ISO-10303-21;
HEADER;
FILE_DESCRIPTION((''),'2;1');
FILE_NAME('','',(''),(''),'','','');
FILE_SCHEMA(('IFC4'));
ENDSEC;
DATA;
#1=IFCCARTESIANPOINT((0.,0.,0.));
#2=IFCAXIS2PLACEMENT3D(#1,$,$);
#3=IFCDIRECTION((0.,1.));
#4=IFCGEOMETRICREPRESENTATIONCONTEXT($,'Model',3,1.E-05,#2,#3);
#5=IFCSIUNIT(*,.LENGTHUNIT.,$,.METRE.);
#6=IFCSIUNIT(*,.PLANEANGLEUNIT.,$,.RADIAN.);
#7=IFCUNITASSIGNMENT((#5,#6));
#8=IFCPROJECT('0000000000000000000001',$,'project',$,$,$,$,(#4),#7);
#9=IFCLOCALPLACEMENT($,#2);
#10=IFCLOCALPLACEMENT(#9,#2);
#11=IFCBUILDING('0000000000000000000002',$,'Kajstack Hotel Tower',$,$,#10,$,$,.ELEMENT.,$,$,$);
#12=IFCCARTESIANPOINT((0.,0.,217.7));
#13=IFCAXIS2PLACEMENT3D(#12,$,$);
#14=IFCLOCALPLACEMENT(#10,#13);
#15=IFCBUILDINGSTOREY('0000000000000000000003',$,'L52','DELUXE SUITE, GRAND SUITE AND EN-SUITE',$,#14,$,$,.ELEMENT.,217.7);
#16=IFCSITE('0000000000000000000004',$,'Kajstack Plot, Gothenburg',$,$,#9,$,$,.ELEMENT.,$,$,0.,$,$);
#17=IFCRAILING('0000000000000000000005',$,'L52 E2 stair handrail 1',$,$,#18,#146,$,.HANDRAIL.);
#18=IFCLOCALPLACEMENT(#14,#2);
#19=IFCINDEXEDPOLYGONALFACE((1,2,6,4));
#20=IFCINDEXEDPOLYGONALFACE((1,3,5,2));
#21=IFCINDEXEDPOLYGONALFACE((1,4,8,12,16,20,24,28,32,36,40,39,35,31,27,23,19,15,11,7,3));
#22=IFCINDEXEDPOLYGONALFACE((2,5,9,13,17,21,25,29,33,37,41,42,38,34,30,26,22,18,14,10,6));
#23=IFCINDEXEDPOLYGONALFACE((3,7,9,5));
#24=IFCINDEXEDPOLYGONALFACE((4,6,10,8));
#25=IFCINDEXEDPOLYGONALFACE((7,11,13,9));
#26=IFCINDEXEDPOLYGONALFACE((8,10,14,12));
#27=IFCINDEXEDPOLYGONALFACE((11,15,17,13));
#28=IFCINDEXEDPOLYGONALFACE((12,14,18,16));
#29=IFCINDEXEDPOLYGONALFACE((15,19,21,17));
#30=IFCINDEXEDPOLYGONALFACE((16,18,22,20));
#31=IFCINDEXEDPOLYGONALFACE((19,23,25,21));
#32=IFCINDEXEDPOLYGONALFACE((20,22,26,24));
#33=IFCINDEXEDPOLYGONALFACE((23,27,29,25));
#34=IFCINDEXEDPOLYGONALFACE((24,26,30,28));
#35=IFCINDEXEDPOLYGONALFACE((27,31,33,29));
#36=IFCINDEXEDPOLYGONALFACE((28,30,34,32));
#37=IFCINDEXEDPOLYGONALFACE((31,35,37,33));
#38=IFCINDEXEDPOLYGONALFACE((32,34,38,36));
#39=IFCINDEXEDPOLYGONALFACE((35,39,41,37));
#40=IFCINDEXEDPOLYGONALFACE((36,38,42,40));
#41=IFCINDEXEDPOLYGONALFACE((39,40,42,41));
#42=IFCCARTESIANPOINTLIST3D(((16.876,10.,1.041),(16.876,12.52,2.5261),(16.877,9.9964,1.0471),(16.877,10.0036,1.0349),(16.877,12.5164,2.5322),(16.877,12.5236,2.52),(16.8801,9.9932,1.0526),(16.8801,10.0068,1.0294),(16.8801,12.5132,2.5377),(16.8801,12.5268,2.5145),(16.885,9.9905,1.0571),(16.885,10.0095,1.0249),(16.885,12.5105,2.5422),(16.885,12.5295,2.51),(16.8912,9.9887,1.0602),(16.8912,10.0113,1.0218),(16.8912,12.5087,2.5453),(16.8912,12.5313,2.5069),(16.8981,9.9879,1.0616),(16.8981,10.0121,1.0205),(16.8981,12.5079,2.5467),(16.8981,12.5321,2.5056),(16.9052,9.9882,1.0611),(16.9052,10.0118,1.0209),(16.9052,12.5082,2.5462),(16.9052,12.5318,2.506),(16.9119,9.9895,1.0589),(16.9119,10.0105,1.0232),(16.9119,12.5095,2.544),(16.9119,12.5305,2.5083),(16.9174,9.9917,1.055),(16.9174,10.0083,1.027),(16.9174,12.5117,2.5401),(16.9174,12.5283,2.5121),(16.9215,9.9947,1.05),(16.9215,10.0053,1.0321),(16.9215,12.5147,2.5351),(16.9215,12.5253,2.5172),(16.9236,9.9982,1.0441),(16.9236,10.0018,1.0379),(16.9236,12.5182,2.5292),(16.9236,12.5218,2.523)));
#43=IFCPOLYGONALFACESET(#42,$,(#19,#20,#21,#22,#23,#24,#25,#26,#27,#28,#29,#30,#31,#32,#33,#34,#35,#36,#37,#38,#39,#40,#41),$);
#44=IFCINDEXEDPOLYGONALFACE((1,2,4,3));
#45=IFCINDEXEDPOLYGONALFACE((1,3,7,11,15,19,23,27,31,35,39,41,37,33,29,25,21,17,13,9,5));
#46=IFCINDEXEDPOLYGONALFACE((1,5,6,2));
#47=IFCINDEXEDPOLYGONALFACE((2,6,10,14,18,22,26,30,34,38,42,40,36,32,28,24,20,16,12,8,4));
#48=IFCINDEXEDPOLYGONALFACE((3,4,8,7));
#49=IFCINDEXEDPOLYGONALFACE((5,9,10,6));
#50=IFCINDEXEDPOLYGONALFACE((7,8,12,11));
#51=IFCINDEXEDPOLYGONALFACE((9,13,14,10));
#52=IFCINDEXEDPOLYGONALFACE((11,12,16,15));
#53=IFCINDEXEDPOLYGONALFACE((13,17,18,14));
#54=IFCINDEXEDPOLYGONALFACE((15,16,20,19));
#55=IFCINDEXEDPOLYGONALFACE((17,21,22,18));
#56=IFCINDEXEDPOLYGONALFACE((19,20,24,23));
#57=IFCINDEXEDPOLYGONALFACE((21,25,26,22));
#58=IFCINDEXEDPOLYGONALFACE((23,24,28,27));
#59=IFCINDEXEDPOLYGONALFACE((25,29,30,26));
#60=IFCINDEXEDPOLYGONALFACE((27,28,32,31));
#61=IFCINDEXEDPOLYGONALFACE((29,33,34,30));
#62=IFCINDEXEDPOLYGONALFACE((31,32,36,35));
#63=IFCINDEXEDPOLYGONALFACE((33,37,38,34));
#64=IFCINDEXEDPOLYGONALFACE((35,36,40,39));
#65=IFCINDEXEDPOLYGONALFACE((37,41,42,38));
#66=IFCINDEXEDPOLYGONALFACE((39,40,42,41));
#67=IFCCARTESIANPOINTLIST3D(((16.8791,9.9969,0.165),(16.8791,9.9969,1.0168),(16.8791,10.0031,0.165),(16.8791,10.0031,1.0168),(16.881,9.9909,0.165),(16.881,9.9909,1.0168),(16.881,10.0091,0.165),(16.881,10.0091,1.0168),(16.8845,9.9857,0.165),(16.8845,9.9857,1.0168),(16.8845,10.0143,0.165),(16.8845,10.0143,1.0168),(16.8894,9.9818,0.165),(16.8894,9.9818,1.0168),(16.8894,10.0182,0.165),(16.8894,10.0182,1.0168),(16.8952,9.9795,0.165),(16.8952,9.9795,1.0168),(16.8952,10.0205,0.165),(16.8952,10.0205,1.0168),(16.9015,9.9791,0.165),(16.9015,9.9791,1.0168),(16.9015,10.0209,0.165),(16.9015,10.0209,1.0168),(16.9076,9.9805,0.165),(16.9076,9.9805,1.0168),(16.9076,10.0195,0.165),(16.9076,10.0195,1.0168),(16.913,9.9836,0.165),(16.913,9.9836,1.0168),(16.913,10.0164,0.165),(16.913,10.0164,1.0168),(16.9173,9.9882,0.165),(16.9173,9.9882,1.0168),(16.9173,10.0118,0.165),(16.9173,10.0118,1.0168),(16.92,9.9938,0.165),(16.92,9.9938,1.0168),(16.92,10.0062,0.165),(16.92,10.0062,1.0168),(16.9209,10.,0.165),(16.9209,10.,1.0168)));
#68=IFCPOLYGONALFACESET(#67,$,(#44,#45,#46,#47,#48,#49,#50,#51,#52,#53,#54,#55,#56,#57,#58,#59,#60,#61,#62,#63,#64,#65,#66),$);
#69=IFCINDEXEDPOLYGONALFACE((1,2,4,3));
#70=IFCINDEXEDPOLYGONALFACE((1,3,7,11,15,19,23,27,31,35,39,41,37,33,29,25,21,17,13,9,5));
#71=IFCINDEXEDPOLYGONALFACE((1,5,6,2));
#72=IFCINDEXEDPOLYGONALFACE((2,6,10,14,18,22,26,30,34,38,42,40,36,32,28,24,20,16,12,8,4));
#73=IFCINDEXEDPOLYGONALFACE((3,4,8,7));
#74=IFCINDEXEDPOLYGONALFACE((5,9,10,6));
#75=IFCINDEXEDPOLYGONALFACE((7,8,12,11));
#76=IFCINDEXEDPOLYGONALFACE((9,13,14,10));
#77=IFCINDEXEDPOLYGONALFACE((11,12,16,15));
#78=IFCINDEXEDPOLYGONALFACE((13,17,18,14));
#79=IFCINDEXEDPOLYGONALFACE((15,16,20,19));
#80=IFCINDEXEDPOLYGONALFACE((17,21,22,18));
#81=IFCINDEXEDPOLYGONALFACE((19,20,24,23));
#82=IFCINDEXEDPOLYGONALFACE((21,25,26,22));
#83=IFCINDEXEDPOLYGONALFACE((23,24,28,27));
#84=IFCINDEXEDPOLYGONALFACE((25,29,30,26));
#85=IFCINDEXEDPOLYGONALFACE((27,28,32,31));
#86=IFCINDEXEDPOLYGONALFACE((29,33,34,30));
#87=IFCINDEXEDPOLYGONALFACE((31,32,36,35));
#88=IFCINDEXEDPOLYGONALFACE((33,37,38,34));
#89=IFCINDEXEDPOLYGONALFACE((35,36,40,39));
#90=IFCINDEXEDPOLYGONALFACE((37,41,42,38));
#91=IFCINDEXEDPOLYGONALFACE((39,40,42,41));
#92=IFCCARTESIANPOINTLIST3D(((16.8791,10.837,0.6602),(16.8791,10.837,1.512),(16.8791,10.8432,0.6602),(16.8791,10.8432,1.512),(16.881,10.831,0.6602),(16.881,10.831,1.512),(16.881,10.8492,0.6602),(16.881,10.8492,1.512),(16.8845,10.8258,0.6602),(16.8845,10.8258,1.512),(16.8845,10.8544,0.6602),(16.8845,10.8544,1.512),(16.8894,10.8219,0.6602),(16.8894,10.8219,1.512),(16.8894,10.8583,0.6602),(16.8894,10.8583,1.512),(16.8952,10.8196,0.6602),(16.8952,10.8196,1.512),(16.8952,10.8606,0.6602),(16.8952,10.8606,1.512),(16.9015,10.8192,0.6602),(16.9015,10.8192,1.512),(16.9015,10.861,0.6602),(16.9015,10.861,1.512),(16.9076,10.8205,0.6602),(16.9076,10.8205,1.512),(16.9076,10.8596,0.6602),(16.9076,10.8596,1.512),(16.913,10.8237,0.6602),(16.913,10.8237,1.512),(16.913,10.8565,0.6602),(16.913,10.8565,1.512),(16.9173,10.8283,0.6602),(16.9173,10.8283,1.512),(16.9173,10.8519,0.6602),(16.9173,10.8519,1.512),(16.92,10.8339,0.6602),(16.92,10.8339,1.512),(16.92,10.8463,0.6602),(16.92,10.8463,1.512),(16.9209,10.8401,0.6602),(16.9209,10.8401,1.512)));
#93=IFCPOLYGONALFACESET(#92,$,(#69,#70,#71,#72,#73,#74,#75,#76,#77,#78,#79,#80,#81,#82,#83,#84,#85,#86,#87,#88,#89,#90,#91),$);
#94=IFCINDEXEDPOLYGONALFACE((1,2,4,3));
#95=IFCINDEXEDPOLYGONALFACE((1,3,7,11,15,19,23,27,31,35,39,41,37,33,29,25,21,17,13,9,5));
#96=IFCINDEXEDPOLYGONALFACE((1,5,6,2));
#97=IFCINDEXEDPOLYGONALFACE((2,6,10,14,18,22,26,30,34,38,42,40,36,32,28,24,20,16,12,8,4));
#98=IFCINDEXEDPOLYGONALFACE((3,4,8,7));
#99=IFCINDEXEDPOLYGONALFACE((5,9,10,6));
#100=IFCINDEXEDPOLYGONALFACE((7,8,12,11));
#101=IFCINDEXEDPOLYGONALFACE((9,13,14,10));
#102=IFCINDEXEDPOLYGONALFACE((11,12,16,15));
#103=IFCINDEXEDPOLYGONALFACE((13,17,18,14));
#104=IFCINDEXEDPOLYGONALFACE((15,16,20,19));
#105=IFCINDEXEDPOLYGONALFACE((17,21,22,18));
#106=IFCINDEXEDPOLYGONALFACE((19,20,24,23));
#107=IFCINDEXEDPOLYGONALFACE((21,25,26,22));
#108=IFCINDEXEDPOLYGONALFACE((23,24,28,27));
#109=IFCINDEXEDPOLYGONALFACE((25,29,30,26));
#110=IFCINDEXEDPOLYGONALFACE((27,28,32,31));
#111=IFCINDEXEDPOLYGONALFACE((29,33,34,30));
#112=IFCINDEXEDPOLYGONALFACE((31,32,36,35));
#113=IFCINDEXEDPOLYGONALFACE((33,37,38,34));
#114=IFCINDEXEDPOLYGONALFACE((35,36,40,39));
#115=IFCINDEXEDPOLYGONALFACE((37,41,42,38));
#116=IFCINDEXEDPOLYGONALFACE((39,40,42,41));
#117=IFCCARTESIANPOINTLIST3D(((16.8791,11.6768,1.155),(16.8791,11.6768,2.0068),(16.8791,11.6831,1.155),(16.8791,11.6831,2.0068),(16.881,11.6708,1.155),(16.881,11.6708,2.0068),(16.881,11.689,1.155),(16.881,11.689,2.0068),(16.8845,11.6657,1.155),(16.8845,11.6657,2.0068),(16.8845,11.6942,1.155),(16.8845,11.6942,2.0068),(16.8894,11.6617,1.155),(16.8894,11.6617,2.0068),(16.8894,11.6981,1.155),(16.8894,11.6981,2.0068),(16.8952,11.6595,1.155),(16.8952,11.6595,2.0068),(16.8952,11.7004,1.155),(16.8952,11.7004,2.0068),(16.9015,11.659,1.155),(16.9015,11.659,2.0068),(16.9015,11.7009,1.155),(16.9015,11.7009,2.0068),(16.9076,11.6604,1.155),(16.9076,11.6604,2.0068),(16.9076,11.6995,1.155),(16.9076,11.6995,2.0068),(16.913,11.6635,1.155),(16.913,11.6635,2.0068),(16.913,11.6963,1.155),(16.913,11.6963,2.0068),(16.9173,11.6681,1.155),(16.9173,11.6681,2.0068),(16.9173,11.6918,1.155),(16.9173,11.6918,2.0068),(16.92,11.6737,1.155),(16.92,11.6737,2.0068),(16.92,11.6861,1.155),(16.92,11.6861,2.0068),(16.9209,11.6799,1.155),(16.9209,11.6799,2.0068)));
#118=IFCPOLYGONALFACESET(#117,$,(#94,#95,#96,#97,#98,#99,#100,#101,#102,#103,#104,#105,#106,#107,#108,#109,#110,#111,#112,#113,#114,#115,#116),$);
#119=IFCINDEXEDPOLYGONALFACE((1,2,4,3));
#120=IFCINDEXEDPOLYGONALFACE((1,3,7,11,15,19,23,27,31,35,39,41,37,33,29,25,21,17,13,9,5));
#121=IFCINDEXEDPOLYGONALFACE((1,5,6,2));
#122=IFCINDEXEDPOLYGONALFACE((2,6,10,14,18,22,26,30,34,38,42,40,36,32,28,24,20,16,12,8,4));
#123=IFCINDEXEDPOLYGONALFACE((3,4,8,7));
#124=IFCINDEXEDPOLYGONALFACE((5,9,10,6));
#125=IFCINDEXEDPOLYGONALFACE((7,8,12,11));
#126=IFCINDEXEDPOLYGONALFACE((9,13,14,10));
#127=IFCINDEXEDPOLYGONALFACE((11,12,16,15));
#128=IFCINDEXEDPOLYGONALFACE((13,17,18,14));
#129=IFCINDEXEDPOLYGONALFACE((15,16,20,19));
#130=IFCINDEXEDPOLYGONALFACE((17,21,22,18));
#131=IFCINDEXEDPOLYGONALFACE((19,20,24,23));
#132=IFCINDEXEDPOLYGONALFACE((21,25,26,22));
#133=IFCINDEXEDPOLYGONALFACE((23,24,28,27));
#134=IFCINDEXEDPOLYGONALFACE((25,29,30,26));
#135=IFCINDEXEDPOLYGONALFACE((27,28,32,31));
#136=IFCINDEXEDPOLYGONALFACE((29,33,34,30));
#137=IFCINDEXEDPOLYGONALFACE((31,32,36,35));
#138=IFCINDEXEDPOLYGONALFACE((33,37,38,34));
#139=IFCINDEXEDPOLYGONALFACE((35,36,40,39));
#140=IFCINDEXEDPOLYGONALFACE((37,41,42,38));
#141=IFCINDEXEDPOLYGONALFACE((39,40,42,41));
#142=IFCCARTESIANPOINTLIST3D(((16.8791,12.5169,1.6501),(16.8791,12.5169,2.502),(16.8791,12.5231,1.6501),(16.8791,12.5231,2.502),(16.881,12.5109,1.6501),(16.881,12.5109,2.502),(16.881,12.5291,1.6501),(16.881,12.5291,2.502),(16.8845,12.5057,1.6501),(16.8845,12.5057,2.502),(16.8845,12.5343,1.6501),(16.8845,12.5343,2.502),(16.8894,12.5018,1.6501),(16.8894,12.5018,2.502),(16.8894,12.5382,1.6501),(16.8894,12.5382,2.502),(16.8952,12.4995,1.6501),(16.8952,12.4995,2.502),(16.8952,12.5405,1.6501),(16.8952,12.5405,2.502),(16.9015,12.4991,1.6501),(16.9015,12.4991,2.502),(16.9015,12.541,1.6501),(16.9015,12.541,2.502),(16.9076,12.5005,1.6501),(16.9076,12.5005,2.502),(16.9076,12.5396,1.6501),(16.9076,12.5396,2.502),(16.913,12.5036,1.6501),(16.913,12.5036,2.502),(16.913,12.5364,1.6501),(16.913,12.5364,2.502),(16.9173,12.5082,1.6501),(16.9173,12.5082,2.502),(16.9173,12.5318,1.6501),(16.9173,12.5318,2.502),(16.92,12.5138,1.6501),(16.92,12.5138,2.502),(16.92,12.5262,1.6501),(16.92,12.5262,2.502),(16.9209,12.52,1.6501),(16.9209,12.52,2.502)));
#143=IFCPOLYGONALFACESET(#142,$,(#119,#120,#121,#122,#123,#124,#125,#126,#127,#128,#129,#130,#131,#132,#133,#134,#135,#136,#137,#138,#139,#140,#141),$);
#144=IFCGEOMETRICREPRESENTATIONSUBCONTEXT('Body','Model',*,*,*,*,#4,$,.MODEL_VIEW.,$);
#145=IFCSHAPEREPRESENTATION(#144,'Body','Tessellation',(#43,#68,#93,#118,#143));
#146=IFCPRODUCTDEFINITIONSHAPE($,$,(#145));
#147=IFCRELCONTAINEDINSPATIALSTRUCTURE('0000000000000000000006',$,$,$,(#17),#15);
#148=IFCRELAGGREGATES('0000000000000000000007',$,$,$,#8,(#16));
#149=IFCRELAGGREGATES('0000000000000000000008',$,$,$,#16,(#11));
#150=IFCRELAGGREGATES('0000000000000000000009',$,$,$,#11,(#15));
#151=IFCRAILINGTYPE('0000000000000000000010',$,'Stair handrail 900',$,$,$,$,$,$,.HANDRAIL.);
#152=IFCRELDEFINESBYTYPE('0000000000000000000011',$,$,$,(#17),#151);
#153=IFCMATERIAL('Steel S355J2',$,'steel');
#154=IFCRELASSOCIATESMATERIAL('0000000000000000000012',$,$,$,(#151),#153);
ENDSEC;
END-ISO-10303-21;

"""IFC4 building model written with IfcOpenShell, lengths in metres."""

from ifc_helpers import new_model, si_unit, direction, frame, origin, origin_2d, place, context, subcontext, project, spatial, circle, extrude, material, type_object, element, save


model = new_model("IFC4")

# Units and contexts
model_context = context("Model", 3, precision=1e-05, world=origin(), true_north=direction((0.0, 1.0)))
body_context = subcontext(model_context, "Body", "Model", "MODEL_VIEW")
ifc_project = project(units=[si_unit("LENGTHUNIT", "METRE"), si_unit("PLANEANGLEUNIT", "RADIAN")], contexts=[model_context])

# Site, building, storey
site_placement = place(None, origin())
site = spatial("IfcSite", under=ifc_project, at=site_placement, Name="Kajstack Plot, Gothenburg", CompositionType="ELEMENT", RefElevation=0.0)
building_placement = place(site_placement, origin())
building = spatial("IfcBuilding", under=site, at=building_placement, Name="Kajstack Hotel Tower", CompositionType="ELEMENT")
storey_placement = place(building_placement, frame((0.0, 0.0, 217.7)))
storey = spatial("IfcBuildingStorey", under=building, at=storey_placement, Name="L52", Description="DELUXE SUITE, GRAND SUITE AND EN-SUITE", CompositionType="ELEMENT", Elevation=217.7)

# Railing
ifc_material_1 = material(Name="Steel S355J2", Category="steel")
railing_type_1 = type_object("IfcRailingType", Name="Stair handrail 900", PredefinedType="HANDRAIL", material=ifc_material_1)
railing_1_placement = place(storey_placement, frame((16.8999, 10.0, 0.165)))
element("IfcRailing", 1, at=railing_1_placement, inside=storey, type_object=railing_type_1, Name="L52 E2 stair handrail 1", PredefinedType="HANDRAIL", context=body_context, shape_type="SweptSolid", body=[
    extrude(circle(Radius=0.0239, at=origin_2d()), frame((0.0, 0.0, 0.876), z_axis=(0.0, 0.861524, 0.507717), x_axis=(-1.0, 0.0, 0.0)), (0.0, 0.0, 1.0), 2.925),
    extrude(circle(Radius=0.021, at=origin_2d()), origin(), (0.0, 0.0, 1.0), 0.8518),
    extrude(circle(Radius=0.021, at=origin_2d()), frame((0.0, 0.8401, 0.4951)), (0.0, 0.0, 1.0), 0.8518),
    extrude(circle(Radius=0.021, at=origin_2d()), frame((0.0, 1.6799, 0.99)), (0.0, 0.0, 1.0), 0.8518),
    extrude(circle(Radius=0.021, at=origin_2d()), frame((0.0, 2.52, 1.4851)), (0.0, 0.0, 1.0), 0.8518),
])

save(model, "model.ifc")
